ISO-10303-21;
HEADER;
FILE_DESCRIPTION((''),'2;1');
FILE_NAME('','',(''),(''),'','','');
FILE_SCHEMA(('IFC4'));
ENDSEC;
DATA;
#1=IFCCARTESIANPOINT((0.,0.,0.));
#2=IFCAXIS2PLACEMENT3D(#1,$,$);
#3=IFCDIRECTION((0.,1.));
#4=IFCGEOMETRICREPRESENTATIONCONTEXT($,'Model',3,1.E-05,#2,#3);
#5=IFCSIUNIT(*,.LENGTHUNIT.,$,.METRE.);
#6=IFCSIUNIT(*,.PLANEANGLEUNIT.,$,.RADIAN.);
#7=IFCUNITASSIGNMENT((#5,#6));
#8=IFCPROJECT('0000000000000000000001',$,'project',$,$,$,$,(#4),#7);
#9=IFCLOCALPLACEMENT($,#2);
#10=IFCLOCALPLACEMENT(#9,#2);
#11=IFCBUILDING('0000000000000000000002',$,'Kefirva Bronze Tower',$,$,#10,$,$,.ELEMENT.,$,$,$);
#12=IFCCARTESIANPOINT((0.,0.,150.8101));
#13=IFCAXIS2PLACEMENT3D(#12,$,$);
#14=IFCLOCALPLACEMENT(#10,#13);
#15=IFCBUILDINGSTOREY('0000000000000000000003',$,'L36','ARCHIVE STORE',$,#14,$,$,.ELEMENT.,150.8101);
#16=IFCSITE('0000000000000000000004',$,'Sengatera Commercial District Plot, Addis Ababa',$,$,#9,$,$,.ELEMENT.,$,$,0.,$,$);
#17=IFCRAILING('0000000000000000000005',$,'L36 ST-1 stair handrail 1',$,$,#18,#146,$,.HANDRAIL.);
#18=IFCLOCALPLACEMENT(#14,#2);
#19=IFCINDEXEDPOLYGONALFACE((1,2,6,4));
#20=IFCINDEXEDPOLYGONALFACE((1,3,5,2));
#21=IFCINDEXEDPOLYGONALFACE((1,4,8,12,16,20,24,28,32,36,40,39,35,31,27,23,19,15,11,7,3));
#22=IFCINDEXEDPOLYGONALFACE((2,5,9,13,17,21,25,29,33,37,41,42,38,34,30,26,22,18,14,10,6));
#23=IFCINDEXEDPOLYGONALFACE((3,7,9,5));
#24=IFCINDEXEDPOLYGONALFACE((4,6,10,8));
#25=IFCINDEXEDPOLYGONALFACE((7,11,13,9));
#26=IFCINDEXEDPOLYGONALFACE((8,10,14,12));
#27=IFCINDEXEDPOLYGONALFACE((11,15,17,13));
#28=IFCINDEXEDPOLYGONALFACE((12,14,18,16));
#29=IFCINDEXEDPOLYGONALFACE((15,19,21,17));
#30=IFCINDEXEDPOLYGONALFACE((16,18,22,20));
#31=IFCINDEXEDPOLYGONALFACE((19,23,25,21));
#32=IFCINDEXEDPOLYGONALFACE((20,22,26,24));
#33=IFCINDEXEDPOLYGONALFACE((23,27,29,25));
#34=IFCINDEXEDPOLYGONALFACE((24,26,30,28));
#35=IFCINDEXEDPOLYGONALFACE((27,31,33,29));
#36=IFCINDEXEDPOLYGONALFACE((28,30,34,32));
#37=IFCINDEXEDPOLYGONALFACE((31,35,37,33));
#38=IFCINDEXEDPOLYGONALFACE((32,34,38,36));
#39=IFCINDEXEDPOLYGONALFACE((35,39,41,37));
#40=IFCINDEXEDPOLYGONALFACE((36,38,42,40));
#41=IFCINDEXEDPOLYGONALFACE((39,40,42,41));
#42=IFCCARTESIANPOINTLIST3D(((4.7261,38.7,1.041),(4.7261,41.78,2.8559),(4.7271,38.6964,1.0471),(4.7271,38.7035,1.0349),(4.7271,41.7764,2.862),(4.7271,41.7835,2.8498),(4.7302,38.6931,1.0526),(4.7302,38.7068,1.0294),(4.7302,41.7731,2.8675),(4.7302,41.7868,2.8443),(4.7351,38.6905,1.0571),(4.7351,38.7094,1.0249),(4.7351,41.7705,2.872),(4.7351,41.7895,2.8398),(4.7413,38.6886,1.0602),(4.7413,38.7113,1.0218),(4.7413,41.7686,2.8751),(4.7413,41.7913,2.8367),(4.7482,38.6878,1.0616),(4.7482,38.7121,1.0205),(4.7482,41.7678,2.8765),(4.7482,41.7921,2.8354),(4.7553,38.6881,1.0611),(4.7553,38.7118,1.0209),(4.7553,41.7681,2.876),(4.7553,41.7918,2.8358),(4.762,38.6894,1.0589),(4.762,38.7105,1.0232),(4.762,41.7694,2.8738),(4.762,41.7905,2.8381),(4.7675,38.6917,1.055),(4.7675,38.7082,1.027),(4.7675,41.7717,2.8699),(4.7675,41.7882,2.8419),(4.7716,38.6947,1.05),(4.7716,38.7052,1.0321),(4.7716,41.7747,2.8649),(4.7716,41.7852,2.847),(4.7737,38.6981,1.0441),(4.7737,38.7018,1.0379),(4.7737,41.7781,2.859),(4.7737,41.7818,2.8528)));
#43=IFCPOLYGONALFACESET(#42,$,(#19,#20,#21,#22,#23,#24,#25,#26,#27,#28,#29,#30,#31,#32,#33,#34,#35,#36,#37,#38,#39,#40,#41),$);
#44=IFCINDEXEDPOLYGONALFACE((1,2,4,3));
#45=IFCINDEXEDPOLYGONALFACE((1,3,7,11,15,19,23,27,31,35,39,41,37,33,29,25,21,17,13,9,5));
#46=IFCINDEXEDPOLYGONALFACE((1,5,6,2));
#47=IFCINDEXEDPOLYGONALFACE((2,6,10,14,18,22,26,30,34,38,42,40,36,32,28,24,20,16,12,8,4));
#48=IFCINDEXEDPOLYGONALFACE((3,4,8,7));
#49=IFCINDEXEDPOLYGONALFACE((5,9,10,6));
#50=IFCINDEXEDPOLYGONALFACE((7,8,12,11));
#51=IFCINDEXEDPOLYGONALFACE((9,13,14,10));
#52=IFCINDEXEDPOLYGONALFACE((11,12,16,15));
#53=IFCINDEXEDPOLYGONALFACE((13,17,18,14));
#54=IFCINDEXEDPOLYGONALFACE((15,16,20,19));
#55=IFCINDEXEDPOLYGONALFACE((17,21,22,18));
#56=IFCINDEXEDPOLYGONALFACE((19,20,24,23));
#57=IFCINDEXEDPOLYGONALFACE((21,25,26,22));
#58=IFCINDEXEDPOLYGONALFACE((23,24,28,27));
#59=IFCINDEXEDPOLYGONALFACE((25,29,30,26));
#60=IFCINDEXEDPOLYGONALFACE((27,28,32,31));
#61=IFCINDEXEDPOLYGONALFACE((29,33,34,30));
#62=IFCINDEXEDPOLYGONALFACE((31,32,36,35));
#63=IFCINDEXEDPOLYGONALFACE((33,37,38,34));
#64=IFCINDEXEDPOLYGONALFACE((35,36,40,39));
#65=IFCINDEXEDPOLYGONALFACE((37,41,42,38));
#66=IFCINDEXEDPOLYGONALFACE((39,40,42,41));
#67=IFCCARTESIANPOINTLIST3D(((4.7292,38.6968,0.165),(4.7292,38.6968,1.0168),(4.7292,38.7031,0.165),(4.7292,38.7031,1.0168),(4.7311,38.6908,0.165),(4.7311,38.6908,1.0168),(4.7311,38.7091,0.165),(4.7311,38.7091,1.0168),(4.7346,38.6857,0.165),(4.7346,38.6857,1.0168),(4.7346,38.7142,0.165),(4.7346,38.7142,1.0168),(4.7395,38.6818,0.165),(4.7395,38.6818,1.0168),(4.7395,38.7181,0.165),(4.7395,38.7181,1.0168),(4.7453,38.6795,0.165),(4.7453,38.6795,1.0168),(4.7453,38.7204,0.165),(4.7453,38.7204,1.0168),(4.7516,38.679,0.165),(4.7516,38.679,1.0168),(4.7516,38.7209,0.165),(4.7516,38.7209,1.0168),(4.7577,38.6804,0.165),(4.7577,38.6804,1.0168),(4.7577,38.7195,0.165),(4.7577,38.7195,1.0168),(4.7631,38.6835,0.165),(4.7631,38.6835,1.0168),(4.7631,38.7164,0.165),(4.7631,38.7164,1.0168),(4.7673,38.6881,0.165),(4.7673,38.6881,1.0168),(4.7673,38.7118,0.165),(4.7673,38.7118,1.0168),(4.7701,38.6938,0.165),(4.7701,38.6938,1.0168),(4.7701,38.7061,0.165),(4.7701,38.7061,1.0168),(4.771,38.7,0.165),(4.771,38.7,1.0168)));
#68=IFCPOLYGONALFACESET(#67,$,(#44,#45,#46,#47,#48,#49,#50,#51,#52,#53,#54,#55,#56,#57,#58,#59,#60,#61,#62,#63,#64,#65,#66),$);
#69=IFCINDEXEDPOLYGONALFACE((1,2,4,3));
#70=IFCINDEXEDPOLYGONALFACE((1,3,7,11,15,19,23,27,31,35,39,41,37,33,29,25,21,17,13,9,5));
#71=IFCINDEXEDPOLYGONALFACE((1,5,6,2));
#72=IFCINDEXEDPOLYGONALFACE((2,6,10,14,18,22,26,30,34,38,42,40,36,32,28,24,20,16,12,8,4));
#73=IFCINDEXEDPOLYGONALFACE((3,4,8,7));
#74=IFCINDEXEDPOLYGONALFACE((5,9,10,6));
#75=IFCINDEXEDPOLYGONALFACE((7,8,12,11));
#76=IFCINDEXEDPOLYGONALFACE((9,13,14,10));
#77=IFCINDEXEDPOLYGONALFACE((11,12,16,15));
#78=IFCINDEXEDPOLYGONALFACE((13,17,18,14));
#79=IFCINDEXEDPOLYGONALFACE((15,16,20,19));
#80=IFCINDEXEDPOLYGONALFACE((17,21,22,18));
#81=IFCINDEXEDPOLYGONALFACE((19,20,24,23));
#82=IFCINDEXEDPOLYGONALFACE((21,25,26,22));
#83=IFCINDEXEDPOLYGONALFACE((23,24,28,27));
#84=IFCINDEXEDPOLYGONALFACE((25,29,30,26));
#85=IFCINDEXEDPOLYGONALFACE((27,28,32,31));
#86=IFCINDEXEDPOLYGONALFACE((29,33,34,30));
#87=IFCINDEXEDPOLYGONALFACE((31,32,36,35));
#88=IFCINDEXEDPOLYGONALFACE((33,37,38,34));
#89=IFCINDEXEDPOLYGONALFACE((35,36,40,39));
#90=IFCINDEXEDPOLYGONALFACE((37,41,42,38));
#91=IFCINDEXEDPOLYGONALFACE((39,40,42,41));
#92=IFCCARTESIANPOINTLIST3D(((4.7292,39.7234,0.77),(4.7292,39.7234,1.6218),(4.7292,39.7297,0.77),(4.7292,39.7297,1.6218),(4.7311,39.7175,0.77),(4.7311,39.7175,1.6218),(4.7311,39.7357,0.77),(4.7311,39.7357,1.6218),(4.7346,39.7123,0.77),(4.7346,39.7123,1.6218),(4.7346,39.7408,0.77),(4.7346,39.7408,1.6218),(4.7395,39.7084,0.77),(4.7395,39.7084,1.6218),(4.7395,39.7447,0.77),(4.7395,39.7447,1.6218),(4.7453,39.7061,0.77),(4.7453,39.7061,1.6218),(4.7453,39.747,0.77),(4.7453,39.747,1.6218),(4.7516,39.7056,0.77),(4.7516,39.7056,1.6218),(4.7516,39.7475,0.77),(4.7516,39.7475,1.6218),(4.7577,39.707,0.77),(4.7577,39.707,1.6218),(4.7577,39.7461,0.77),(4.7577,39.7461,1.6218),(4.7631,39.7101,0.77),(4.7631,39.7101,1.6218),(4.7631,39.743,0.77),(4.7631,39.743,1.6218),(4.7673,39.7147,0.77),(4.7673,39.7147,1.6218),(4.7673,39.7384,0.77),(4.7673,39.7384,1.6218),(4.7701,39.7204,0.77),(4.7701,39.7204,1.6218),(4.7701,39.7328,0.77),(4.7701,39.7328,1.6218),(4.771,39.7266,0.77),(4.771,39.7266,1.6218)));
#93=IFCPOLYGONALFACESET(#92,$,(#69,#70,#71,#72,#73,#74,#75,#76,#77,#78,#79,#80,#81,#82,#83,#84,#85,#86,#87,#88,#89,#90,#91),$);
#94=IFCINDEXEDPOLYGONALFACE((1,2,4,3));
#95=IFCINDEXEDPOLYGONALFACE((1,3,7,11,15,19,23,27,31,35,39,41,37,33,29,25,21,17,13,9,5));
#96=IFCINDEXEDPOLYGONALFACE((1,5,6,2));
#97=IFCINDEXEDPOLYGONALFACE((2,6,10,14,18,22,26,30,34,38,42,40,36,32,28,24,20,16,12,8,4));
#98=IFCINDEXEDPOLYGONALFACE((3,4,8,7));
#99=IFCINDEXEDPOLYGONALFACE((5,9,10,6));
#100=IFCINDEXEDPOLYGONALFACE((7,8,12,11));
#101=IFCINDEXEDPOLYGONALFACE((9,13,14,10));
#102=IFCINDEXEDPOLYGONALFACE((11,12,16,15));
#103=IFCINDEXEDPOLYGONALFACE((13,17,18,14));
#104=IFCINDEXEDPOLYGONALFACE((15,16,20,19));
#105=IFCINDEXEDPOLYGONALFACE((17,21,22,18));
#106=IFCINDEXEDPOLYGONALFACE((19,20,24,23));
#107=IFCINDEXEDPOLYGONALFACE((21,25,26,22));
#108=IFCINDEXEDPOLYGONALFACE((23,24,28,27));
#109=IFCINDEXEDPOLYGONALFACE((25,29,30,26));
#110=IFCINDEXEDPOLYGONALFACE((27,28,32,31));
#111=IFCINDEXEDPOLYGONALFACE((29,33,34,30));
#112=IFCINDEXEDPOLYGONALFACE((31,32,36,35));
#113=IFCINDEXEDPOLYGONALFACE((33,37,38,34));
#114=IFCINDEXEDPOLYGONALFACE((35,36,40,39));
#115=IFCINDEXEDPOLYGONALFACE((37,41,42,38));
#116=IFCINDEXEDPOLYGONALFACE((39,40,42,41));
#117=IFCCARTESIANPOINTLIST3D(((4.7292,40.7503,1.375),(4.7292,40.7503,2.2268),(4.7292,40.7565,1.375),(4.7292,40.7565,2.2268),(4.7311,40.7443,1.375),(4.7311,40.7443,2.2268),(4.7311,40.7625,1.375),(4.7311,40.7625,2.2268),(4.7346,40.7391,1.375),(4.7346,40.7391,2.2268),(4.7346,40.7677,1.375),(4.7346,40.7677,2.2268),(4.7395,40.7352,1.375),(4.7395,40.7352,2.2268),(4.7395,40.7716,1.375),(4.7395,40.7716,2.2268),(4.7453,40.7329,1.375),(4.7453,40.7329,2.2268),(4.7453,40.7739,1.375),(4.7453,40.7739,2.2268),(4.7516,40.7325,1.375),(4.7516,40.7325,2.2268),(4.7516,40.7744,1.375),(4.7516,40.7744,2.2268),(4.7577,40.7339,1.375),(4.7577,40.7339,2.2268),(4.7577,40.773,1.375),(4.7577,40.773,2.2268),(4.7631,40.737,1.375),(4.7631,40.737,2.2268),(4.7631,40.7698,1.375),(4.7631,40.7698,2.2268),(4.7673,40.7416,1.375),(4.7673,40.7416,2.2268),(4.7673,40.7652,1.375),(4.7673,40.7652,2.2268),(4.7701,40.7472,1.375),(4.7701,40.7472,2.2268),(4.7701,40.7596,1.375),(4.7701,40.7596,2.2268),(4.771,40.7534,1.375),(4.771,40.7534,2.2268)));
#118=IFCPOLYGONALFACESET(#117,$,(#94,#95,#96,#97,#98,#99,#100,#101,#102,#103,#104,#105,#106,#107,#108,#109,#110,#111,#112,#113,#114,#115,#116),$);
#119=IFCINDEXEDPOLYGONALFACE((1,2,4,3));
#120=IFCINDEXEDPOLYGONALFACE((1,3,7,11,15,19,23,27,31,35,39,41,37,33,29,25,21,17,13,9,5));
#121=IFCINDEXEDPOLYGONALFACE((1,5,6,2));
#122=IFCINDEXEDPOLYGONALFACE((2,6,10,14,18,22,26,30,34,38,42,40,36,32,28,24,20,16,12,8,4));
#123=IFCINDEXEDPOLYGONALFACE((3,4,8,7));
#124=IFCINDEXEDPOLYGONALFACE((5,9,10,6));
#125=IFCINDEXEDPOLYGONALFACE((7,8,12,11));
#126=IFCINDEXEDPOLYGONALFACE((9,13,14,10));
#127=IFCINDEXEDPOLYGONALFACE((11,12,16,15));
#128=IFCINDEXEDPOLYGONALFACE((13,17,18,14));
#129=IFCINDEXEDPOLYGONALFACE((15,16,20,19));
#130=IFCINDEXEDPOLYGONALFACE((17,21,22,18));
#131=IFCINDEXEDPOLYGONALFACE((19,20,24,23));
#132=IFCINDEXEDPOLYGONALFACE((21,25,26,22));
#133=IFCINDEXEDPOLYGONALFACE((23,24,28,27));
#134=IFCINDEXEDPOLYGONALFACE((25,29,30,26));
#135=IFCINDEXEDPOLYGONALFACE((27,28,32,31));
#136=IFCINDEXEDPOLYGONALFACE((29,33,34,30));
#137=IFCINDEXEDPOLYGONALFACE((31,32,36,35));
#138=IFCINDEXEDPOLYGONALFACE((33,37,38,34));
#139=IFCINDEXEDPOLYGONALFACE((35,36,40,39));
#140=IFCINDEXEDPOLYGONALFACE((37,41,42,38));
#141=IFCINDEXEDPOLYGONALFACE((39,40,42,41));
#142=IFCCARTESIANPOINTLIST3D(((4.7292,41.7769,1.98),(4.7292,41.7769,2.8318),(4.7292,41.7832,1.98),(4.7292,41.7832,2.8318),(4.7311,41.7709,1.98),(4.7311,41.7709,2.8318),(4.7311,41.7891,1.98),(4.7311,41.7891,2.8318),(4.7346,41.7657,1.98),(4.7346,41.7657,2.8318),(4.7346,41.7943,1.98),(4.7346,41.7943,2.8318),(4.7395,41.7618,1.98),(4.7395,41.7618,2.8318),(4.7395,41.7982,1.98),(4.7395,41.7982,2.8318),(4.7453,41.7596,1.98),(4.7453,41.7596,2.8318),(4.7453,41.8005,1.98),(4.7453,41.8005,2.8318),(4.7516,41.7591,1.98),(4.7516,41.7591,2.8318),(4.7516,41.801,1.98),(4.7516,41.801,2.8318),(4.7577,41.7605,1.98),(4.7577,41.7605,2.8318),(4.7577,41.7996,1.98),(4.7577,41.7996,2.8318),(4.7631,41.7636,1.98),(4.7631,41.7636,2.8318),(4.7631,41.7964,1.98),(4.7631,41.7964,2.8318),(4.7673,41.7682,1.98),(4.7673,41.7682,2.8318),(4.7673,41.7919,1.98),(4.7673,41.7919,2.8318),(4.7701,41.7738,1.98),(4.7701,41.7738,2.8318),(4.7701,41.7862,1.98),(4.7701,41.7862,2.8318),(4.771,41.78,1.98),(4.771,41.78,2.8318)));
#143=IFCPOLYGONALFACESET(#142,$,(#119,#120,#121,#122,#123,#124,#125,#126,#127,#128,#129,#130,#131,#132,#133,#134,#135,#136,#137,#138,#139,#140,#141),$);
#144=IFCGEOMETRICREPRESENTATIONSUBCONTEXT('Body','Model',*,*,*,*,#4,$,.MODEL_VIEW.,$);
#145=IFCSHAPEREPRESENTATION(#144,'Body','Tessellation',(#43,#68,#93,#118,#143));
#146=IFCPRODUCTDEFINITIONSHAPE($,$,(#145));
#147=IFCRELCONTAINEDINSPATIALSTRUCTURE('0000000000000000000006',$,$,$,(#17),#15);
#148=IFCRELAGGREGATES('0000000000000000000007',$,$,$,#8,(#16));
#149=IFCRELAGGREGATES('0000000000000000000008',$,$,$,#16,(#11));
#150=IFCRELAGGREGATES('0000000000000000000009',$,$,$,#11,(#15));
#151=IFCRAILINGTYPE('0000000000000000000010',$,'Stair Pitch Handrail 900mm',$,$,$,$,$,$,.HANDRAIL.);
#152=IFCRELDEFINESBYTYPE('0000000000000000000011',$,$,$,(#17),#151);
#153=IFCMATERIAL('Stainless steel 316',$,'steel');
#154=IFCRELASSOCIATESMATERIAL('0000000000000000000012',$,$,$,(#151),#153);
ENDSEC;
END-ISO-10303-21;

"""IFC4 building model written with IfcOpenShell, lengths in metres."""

from ifc_helpers import new_model, si_unit, direction, frame, origin, origin_2d, place, context, subcontext, project, spatial, circle, extrude, material, type_object, element, save


model = new_model("IFC4")

# Units and contexts
model_context = context("Model", 3, precision=1e-05, world=origin(), true_north=direction((0.0, 1.0)))
body_context = subcontext(model_context, "Body", "Model", "MODEL_VIEW")
ifc_project = project(units=[si_unit("LENGTHUNIT", "METRE"), si_unit("PLANEANGLEUNIT", "RADIAN")], contexts=[model_context])

# Site, building, storey
site_placement = place(None, origin())
site = spatial("IfcSite", under=ifc_project, at=site_placement, Name="Sengatera Commercial District Plot, Addis Ababa", CompositionType="ELEMENT", RefElevation=0.0)
building_placement = place(site_placement, origin())
building = spatial("IfcBuilding", under=site, at=building_placement, Name="Kefirva Bronze Tower", CompositionType="ELEMENT")
storey_placement = place(building_placement, frame((0.0, 0.0, 150.8101)))
storey = spatial("IfcBuildingStorey", under=building, at=storey_placement, Name="L36", Description="ARCHIVE STORE", CompositionType="ELEMENT", Elevation=150.8101)

# Shared definitions
ifc_material_1 = material(Name="Stainless steel 316", Category="steel")

# Railing
railing_type = type_object("IfcRailingType", Name="Stair Pitch Handrail 900mm", PredefinedType="HANDRAIL", material=ifc_material_1)
railing_placement = place(storey_placement, frame((4.75, 38.7, 0.165)))
element("IfcRailing", 1, at=railing_placement, inside=storey, type_object=railing_type, Name="L36 ST-1 stair handrail 1", PredefinedType="HANDRAIL", context=body_context, shape_type="SweptSolid", body=[
    extrude(circle(Radius=0.0239, at=origin_2d()), frame((0.0, 0.0, 0.876), z_axis=(0.0, 0.861551, 0.507671), x_axis=(-1.0, 0.0, 0.0)), (0.0, 0.0, 1.0), 3.575),
    extrude(circle(Radius=0.021, at=origin_2d()), origin(), (0.0, 0.0, 1.0), 0.8518),
    extrude(circle(Radius=0.021, at=origin_2d()), frame((0.0, 1.0266, 0.605)), (0.0, 0.0, 1.0), 0.8518),
    extrude(circle(Radius=0.021, at=origin_2d()), frame((0.0, 2.0535, 1.21)), (0.0, 0.0, 1.0), 0.8518),
    extrude(circle(Radius=0.021, at=origin_2d()), frame((0.0, 3.0801, 1.8149)), (0.0, 0.0, 1.0), 0.8518),
])

save(model, "model.ifc")
